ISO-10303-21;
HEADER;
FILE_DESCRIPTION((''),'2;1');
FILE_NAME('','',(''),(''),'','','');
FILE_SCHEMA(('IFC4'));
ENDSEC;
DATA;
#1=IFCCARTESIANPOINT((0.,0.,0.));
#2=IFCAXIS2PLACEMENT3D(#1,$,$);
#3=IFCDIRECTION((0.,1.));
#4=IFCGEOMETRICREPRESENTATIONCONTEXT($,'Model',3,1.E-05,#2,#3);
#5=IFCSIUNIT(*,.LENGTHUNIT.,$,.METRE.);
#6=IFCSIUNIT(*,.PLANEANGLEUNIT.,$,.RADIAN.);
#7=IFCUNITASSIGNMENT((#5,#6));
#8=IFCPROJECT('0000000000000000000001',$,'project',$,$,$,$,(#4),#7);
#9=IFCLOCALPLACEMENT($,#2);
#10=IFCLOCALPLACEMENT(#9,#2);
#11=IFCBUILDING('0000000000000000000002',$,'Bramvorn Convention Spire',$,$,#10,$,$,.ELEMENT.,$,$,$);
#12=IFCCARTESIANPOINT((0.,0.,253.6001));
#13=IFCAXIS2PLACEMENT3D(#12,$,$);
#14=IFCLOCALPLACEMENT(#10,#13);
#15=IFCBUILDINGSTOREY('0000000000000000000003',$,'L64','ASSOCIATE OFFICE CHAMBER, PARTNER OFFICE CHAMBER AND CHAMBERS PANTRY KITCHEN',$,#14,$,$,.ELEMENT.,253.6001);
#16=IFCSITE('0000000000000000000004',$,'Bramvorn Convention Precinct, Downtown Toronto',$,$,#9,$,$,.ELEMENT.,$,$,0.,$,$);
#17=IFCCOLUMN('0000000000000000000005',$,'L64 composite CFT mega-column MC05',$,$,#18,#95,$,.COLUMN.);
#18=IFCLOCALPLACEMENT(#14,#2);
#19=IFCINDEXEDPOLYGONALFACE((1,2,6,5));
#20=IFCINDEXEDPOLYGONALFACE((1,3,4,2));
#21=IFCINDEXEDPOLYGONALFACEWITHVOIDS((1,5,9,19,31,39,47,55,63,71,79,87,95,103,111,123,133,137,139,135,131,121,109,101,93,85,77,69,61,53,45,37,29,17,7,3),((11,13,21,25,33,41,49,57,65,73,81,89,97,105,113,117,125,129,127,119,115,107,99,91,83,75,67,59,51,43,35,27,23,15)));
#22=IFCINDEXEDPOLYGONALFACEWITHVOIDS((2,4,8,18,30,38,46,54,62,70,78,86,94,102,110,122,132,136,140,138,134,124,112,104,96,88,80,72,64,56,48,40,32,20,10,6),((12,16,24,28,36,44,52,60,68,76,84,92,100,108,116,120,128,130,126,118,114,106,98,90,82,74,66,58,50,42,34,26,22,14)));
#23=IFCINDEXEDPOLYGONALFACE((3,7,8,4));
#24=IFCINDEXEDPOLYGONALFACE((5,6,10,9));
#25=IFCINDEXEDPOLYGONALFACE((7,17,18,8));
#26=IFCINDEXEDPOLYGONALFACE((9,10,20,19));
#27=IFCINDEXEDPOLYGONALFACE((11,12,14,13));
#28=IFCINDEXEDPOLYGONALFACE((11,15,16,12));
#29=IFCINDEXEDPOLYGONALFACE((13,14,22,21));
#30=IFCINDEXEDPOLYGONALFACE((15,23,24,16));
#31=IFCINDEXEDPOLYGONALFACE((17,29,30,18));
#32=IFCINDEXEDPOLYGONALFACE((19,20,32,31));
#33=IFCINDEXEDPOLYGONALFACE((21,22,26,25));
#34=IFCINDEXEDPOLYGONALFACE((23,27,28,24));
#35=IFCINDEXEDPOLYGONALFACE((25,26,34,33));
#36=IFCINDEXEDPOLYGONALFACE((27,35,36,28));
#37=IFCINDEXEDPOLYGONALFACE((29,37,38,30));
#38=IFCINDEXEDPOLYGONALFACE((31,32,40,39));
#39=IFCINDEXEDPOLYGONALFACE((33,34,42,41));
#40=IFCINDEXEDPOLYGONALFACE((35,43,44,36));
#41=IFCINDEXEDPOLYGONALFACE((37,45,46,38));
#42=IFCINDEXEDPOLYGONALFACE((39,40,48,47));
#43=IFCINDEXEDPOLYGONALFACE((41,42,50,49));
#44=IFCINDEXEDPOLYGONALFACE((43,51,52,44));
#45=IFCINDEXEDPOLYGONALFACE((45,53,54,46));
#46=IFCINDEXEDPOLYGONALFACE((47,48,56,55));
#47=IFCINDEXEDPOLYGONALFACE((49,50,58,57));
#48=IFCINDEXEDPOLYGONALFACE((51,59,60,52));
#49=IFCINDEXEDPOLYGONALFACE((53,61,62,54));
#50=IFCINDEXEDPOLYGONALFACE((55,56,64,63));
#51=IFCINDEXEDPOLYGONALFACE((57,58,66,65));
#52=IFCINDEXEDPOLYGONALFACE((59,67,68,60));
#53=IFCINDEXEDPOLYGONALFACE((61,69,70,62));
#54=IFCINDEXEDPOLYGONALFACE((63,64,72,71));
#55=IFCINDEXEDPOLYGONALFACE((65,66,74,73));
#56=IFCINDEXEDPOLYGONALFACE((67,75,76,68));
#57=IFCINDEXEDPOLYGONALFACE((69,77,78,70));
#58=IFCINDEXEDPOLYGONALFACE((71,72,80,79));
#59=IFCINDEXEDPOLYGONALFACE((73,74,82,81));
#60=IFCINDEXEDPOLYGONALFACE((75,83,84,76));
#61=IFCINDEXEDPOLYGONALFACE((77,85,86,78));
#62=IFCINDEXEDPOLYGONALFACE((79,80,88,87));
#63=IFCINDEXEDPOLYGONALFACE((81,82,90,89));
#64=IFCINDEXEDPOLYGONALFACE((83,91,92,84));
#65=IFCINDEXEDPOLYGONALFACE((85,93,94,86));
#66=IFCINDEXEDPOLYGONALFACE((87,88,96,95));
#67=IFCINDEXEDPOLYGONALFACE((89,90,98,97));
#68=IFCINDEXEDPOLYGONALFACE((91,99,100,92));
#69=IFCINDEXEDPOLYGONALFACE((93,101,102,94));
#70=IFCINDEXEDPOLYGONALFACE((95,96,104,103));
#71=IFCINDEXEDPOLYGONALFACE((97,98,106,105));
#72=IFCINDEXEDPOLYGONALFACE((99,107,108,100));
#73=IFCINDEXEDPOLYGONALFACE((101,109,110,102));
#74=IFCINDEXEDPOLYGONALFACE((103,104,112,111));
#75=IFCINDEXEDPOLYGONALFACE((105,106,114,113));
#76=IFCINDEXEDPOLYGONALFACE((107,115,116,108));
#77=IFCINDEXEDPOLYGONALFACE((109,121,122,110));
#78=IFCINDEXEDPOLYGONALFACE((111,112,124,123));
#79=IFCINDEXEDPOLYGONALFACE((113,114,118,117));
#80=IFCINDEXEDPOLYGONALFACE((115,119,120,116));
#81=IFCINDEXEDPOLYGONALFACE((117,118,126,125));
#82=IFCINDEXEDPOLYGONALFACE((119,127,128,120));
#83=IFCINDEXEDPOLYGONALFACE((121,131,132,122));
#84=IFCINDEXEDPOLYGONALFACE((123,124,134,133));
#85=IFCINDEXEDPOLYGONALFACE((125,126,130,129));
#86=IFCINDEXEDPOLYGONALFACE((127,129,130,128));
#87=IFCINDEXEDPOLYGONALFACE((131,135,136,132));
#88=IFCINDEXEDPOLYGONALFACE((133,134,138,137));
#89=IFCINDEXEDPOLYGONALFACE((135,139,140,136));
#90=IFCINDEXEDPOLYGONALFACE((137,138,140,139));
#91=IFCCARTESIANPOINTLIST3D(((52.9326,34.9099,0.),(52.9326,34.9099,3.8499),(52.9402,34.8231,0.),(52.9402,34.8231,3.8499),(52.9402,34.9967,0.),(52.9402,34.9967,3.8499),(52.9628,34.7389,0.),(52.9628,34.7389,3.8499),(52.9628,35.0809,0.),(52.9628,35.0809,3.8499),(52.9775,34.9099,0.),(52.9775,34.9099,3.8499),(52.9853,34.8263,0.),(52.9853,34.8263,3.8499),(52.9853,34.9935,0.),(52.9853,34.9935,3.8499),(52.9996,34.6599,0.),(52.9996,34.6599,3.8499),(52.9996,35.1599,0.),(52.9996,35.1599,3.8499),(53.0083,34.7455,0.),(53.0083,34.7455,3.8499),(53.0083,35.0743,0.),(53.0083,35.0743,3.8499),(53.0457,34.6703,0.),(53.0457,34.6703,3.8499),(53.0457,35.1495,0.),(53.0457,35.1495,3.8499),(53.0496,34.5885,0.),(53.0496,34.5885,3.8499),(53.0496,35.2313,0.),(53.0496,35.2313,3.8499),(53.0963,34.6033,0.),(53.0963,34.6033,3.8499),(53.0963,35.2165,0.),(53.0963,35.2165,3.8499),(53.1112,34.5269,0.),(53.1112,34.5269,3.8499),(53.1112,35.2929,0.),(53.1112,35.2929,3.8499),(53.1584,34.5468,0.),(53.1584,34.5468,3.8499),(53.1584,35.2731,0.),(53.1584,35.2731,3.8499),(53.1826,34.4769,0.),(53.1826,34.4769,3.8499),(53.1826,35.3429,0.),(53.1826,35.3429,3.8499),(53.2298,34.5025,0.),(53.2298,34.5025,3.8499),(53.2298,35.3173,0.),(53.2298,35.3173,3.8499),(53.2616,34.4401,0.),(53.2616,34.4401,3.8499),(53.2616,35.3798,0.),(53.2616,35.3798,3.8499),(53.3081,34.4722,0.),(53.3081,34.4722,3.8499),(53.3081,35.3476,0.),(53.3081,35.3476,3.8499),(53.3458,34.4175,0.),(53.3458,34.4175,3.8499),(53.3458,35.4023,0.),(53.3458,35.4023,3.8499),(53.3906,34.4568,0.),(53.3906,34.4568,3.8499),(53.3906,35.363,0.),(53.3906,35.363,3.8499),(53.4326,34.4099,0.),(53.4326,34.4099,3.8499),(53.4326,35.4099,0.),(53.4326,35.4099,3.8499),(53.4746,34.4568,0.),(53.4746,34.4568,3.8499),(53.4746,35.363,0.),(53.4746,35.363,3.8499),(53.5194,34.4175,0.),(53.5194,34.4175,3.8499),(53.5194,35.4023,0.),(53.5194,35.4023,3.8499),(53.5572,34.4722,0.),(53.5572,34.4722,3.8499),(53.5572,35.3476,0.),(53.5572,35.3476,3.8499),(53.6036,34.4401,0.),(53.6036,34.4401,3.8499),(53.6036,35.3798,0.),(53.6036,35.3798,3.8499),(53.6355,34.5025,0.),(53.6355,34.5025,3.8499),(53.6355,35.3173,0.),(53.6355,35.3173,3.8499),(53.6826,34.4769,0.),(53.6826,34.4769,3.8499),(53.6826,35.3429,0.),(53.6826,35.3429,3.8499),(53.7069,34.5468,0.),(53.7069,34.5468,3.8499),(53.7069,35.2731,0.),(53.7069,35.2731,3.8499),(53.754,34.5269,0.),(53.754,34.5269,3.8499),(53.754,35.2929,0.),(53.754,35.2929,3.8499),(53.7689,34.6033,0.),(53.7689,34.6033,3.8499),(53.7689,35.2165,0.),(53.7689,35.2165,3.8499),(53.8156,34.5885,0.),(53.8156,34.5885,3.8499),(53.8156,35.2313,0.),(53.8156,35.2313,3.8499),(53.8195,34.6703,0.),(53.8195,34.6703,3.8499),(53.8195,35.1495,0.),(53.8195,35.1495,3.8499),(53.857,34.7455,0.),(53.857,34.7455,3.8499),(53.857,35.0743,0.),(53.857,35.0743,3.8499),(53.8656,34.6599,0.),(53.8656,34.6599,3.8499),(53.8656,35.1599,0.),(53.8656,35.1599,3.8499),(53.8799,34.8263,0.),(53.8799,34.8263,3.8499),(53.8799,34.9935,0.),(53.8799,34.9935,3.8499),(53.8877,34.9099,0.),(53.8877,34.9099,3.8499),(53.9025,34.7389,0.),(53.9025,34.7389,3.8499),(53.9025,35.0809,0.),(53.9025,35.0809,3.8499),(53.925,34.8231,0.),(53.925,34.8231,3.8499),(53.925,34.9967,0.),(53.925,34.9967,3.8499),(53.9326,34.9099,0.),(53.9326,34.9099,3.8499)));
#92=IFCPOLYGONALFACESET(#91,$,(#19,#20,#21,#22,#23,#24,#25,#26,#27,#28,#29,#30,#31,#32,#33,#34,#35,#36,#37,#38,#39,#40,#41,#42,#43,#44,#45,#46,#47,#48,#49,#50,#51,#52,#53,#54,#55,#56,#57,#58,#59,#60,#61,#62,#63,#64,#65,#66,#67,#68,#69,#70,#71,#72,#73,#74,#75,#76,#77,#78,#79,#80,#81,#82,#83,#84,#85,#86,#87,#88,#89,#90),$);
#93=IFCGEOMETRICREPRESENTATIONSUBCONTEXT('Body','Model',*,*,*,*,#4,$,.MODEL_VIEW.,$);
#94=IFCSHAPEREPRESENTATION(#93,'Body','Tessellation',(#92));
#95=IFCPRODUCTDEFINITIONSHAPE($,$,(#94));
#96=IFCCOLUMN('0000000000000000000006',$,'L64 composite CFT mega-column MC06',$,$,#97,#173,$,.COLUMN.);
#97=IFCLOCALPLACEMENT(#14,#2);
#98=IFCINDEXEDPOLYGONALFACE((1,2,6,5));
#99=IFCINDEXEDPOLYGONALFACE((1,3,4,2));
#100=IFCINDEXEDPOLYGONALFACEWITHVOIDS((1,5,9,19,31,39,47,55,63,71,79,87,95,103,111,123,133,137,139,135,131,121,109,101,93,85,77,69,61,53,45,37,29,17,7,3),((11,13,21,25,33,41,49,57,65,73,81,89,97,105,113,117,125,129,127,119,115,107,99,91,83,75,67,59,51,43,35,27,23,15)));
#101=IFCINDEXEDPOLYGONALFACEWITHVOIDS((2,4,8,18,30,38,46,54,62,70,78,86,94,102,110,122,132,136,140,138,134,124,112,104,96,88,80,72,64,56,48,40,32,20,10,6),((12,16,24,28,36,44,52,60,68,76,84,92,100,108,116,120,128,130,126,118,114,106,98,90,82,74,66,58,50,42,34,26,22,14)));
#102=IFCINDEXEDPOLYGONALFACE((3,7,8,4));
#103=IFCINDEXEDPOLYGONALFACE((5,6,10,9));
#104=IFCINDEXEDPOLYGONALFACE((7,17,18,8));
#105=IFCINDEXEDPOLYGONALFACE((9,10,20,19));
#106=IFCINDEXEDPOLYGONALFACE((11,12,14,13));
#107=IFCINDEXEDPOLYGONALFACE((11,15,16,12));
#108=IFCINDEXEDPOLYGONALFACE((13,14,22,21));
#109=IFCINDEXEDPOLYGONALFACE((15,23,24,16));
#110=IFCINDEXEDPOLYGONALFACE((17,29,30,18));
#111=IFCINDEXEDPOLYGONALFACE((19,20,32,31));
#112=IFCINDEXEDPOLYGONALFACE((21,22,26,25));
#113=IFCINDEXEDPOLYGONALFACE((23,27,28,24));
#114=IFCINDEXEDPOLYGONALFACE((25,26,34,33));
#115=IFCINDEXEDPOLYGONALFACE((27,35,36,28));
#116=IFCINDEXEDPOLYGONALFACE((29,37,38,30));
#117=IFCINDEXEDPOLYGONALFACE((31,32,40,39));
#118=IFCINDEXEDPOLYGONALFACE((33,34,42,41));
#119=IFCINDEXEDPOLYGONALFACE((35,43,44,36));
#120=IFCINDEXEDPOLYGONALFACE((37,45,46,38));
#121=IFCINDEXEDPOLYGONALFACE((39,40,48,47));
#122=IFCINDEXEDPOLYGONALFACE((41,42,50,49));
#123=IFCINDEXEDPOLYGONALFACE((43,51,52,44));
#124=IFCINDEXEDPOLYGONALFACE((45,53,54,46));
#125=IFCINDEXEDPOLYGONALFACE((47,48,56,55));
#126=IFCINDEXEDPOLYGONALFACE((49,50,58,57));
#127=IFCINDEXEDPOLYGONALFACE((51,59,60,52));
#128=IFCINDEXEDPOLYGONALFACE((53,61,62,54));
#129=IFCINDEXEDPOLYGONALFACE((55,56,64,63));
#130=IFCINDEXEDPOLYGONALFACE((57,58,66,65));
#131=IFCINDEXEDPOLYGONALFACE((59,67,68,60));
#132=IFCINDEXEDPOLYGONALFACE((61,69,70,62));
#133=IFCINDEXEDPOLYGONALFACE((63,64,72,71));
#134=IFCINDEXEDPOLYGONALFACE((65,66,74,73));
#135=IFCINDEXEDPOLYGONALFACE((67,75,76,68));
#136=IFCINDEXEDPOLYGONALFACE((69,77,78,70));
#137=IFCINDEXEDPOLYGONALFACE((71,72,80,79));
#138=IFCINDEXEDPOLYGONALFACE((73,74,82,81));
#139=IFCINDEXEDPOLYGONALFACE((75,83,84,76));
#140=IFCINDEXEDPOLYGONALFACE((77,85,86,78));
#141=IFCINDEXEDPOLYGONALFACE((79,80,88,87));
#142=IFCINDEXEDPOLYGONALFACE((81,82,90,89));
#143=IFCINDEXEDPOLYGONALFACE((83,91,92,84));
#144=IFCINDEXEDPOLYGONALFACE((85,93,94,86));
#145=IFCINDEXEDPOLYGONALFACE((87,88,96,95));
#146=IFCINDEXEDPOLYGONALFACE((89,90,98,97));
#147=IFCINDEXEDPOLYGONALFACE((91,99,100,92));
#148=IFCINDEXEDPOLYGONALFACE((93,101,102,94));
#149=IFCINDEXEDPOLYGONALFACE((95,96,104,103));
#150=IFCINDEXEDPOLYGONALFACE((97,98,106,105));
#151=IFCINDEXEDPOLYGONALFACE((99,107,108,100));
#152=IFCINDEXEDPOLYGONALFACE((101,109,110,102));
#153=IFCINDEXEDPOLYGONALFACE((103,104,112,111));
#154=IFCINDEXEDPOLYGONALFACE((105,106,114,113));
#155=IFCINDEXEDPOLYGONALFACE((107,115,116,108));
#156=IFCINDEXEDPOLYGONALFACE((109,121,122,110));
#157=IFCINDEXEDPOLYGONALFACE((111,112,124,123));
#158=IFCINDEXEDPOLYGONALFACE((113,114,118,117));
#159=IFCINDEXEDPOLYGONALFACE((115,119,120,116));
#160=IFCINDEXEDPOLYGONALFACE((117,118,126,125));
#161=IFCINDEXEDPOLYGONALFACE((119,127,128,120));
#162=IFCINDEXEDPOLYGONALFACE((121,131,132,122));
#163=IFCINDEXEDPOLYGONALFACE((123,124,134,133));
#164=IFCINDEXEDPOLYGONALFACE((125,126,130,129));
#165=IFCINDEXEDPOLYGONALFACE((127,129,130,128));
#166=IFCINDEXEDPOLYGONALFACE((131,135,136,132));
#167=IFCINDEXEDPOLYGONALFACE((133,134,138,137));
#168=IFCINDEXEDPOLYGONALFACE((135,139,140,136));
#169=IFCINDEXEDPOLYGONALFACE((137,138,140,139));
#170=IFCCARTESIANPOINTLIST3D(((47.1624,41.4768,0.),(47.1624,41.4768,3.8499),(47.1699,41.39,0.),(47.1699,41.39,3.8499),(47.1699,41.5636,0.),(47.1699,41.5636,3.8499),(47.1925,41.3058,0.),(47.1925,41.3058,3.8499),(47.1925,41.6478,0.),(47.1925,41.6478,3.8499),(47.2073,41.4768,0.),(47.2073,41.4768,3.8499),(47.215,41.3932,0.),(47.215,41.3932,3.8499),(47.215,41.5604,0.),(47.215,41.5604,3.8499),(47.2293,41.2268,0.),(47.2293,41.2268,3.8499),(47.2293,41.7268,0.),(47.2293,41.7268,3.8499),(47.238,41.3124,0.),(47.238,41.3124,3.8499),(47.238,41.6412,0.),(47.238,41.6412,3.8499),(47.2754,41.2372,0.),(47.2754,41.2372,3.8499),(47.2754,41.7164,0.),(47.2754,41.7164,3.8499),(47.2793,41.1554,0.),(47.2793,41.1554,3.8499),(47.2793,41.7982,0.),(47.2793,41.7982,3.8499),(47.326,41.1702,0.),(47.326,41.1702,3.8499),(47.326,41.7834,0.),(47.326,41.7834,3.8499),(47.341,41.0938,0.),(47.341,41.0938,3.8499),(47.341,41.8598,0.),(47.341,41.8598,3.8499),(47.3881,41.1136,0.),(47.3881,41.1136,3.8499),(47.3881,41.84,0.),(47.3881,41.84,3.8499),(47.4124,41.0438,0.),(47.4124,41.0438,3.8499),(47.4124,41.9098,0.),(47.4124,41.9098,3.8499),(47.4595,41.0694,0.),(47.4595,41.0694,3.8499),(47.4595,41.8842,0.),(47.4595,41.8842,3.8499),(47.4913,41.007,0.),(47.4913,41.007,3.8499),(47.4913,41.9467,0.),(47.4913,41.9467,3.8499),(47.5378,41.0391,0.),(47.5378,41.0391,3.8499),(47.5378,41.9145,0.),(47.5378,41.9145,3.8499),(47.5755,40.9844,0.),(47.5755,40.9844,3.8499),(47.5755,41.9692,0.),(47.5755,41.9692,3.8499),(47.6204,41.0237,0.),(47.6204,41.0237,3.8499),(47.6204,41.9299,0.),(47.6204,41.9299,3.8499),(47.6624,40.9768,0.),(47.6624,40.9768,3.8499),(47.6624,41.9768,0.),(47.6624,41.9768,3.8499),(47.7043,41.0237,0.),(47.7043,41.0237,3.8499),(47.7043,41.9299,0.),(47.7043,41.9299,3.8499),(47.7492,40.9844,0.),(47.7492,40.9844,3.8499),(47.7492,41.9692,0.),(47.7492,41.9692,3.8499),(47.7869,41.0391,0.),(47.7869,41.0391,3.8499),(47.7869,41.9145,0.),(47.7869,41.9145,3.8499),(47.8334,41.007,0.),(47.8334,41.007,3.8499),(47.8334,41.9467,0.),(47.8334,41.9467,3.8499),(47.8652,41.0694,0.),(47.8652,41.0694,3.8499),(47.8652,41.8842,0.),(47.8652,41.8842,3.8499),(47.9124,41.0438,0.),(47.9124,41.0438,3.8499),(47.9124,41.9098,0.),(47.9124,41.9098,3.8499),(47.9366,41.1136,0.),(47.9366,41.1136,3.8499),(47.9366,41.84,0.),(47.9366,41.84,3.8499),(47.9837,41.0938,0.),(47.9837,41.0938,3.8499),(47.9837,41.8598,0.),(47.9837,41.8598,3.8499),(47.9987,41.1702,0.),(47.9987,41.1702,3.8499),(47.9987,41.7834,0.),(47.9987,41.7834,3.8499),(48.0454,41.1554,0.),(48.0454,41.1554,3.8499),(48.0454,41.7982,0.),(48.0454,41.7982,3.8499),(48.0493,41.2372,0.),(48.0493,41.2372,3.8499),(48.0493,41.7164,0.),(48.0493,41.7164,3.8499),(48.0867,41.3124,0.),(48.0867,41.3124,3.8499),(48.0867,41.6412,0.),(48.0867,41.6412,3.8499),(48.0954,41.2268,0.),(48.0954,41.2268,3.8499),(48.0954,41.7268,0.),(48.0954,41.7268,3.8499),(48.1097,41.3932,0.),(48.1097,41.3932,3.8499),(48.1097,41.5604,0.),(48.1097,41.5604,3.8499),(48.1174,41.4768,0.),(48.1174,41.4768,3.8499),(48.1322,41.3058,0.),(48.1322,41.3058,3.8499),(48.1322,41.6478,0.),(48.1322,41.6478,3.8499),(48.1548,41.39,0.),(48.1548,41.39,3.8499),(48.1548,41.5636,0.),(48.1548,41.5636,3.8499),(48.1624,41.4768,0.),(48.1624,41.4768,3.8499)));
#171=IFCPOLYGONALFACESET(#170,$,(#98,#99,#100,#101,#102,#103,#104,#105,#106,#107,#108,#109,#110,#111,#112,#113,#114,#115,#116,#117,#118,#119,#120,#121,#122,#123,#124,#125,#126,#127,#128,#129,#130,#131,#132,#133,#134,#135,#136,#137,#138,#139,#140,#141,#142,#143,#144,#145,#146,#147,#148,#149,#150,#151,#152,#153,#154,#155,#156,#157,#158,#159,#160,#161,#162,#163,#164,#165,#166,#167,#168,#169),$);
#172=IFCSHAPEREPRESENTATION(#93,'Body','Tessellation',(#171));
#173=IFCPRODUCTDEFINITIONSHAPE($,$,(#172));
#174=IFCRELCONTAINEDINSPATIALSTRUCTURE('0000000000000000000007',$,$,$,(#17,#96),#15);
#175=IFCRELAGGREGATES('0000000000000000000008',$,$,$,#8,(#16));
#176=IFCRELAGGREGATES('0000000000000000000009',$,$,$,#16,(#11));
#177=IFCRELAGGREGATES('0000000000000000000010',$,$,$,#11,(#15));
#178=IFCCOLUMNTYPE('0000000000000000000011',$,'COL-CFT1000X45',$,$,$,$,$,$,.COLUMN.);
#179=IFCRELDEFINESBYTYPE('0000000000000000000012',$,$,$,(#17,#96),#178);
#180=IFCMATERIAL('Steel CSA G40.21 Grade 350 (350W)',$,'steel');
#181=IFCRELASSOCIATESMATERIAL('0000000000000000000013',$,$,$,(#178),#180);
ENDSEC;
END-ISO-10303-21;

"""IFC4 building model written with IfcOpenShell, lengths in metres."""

from ifc_helpers import new_model, si_unit, direction, frame, origin, origin_2d, place, context, subcontext, project, spatial, hollow_circle, extrude, material, material_profile, profile_set, type_object, element, save


model = new_model("IFC4")

# Units and contexts
model_context = context("Model", 3, precision=1e-05, world=origin(), true_north=direction((0.0, 1.0)))
body_context = subcontext(model_context, "Body", "Model", "MODEL_VIEW")
ifc_project = project(units=[si_unit("LENGTHUNIT", "METRE"), si_unit("PLANEANGLEUNIT", "RADIAN")], contexts=[model_context])

# Site, building, storey
site_placement = place(None, origin())
site = spatial("IfcSite", under=ifc_project, at=site_placement, Name="Bramvorn Convention Precinct, Downtown Toronto", CompositionType="ELEMENT", RefElevation=0.0)
building_placement = place(site_placement, origin())
building = spatial("IfcBuilding", under=site, at=building_placement, Name="Bramvorn Convention Spire", CompositionType="ELEMENT")
storey_placement = place(building_placement, frame((0.0, 0.0, 253.6001)))
storey = spatial("IfcBuildingStorey", under=building, at=storey_placement, Name="L64", Description="ASSOCIATE OFFICE CHAMBER, PARTNER OFFICE CHAMBER AND CHAMBERS PANTRY KITCHEN", CompositionType="ELEMENT", Elevation=253.6001)

# Columns
ifc_material_1 = material(Name="Steel CSA G40.21 Grade 350 (350W)", Category="steel")
ifc_material_profile_1 = material_profile(ifc_material_1, hollow_circle(Radius=0.5, WallThickness=0.0449, at=origin_2d()))
ifc_profile_set_1 = profile_set([ifc_material_profile_1], Name="Steel CSA G40.21 Grade 350 (350W) - CFT1000X45")
column_type = type_object("IfcColumnType", Name="COL-CFT1000X45", PredefinedType="COLUMN", material=ifc_profile_set_1)
for number, where, z_axis, x_axis, name in (
    (1, (53.4326, 34.9099, 0.0), (0.0, 0.0, 1.0), (1.0, 0.0, 0.0), "L64 composite CFT mega-column MC05"),
    (2, (47.6624, 41.4768, 0.0), (0.0, 0.0, 1.0), (1.0, 0.0, 0.0), "L64 composite CFT mega-column MC06"),
):
    element("IfcColumn", number, at=place(storey_placement, frame(where, z_axis=z_axis, x_axis=x_axis)), inside=storey, type_object=column_type, Name=name, PredefinedType="COLUMN", context=body_context, shape_type="SweptSolid", body=[
        extrude(hollow_circle(Radius=0.5, WallThickness=0.0449, at=origin_2d()), origin(), (0.0, 0.0, 1.0), 3.8499),
    ])

save(model, "model.ifc")
